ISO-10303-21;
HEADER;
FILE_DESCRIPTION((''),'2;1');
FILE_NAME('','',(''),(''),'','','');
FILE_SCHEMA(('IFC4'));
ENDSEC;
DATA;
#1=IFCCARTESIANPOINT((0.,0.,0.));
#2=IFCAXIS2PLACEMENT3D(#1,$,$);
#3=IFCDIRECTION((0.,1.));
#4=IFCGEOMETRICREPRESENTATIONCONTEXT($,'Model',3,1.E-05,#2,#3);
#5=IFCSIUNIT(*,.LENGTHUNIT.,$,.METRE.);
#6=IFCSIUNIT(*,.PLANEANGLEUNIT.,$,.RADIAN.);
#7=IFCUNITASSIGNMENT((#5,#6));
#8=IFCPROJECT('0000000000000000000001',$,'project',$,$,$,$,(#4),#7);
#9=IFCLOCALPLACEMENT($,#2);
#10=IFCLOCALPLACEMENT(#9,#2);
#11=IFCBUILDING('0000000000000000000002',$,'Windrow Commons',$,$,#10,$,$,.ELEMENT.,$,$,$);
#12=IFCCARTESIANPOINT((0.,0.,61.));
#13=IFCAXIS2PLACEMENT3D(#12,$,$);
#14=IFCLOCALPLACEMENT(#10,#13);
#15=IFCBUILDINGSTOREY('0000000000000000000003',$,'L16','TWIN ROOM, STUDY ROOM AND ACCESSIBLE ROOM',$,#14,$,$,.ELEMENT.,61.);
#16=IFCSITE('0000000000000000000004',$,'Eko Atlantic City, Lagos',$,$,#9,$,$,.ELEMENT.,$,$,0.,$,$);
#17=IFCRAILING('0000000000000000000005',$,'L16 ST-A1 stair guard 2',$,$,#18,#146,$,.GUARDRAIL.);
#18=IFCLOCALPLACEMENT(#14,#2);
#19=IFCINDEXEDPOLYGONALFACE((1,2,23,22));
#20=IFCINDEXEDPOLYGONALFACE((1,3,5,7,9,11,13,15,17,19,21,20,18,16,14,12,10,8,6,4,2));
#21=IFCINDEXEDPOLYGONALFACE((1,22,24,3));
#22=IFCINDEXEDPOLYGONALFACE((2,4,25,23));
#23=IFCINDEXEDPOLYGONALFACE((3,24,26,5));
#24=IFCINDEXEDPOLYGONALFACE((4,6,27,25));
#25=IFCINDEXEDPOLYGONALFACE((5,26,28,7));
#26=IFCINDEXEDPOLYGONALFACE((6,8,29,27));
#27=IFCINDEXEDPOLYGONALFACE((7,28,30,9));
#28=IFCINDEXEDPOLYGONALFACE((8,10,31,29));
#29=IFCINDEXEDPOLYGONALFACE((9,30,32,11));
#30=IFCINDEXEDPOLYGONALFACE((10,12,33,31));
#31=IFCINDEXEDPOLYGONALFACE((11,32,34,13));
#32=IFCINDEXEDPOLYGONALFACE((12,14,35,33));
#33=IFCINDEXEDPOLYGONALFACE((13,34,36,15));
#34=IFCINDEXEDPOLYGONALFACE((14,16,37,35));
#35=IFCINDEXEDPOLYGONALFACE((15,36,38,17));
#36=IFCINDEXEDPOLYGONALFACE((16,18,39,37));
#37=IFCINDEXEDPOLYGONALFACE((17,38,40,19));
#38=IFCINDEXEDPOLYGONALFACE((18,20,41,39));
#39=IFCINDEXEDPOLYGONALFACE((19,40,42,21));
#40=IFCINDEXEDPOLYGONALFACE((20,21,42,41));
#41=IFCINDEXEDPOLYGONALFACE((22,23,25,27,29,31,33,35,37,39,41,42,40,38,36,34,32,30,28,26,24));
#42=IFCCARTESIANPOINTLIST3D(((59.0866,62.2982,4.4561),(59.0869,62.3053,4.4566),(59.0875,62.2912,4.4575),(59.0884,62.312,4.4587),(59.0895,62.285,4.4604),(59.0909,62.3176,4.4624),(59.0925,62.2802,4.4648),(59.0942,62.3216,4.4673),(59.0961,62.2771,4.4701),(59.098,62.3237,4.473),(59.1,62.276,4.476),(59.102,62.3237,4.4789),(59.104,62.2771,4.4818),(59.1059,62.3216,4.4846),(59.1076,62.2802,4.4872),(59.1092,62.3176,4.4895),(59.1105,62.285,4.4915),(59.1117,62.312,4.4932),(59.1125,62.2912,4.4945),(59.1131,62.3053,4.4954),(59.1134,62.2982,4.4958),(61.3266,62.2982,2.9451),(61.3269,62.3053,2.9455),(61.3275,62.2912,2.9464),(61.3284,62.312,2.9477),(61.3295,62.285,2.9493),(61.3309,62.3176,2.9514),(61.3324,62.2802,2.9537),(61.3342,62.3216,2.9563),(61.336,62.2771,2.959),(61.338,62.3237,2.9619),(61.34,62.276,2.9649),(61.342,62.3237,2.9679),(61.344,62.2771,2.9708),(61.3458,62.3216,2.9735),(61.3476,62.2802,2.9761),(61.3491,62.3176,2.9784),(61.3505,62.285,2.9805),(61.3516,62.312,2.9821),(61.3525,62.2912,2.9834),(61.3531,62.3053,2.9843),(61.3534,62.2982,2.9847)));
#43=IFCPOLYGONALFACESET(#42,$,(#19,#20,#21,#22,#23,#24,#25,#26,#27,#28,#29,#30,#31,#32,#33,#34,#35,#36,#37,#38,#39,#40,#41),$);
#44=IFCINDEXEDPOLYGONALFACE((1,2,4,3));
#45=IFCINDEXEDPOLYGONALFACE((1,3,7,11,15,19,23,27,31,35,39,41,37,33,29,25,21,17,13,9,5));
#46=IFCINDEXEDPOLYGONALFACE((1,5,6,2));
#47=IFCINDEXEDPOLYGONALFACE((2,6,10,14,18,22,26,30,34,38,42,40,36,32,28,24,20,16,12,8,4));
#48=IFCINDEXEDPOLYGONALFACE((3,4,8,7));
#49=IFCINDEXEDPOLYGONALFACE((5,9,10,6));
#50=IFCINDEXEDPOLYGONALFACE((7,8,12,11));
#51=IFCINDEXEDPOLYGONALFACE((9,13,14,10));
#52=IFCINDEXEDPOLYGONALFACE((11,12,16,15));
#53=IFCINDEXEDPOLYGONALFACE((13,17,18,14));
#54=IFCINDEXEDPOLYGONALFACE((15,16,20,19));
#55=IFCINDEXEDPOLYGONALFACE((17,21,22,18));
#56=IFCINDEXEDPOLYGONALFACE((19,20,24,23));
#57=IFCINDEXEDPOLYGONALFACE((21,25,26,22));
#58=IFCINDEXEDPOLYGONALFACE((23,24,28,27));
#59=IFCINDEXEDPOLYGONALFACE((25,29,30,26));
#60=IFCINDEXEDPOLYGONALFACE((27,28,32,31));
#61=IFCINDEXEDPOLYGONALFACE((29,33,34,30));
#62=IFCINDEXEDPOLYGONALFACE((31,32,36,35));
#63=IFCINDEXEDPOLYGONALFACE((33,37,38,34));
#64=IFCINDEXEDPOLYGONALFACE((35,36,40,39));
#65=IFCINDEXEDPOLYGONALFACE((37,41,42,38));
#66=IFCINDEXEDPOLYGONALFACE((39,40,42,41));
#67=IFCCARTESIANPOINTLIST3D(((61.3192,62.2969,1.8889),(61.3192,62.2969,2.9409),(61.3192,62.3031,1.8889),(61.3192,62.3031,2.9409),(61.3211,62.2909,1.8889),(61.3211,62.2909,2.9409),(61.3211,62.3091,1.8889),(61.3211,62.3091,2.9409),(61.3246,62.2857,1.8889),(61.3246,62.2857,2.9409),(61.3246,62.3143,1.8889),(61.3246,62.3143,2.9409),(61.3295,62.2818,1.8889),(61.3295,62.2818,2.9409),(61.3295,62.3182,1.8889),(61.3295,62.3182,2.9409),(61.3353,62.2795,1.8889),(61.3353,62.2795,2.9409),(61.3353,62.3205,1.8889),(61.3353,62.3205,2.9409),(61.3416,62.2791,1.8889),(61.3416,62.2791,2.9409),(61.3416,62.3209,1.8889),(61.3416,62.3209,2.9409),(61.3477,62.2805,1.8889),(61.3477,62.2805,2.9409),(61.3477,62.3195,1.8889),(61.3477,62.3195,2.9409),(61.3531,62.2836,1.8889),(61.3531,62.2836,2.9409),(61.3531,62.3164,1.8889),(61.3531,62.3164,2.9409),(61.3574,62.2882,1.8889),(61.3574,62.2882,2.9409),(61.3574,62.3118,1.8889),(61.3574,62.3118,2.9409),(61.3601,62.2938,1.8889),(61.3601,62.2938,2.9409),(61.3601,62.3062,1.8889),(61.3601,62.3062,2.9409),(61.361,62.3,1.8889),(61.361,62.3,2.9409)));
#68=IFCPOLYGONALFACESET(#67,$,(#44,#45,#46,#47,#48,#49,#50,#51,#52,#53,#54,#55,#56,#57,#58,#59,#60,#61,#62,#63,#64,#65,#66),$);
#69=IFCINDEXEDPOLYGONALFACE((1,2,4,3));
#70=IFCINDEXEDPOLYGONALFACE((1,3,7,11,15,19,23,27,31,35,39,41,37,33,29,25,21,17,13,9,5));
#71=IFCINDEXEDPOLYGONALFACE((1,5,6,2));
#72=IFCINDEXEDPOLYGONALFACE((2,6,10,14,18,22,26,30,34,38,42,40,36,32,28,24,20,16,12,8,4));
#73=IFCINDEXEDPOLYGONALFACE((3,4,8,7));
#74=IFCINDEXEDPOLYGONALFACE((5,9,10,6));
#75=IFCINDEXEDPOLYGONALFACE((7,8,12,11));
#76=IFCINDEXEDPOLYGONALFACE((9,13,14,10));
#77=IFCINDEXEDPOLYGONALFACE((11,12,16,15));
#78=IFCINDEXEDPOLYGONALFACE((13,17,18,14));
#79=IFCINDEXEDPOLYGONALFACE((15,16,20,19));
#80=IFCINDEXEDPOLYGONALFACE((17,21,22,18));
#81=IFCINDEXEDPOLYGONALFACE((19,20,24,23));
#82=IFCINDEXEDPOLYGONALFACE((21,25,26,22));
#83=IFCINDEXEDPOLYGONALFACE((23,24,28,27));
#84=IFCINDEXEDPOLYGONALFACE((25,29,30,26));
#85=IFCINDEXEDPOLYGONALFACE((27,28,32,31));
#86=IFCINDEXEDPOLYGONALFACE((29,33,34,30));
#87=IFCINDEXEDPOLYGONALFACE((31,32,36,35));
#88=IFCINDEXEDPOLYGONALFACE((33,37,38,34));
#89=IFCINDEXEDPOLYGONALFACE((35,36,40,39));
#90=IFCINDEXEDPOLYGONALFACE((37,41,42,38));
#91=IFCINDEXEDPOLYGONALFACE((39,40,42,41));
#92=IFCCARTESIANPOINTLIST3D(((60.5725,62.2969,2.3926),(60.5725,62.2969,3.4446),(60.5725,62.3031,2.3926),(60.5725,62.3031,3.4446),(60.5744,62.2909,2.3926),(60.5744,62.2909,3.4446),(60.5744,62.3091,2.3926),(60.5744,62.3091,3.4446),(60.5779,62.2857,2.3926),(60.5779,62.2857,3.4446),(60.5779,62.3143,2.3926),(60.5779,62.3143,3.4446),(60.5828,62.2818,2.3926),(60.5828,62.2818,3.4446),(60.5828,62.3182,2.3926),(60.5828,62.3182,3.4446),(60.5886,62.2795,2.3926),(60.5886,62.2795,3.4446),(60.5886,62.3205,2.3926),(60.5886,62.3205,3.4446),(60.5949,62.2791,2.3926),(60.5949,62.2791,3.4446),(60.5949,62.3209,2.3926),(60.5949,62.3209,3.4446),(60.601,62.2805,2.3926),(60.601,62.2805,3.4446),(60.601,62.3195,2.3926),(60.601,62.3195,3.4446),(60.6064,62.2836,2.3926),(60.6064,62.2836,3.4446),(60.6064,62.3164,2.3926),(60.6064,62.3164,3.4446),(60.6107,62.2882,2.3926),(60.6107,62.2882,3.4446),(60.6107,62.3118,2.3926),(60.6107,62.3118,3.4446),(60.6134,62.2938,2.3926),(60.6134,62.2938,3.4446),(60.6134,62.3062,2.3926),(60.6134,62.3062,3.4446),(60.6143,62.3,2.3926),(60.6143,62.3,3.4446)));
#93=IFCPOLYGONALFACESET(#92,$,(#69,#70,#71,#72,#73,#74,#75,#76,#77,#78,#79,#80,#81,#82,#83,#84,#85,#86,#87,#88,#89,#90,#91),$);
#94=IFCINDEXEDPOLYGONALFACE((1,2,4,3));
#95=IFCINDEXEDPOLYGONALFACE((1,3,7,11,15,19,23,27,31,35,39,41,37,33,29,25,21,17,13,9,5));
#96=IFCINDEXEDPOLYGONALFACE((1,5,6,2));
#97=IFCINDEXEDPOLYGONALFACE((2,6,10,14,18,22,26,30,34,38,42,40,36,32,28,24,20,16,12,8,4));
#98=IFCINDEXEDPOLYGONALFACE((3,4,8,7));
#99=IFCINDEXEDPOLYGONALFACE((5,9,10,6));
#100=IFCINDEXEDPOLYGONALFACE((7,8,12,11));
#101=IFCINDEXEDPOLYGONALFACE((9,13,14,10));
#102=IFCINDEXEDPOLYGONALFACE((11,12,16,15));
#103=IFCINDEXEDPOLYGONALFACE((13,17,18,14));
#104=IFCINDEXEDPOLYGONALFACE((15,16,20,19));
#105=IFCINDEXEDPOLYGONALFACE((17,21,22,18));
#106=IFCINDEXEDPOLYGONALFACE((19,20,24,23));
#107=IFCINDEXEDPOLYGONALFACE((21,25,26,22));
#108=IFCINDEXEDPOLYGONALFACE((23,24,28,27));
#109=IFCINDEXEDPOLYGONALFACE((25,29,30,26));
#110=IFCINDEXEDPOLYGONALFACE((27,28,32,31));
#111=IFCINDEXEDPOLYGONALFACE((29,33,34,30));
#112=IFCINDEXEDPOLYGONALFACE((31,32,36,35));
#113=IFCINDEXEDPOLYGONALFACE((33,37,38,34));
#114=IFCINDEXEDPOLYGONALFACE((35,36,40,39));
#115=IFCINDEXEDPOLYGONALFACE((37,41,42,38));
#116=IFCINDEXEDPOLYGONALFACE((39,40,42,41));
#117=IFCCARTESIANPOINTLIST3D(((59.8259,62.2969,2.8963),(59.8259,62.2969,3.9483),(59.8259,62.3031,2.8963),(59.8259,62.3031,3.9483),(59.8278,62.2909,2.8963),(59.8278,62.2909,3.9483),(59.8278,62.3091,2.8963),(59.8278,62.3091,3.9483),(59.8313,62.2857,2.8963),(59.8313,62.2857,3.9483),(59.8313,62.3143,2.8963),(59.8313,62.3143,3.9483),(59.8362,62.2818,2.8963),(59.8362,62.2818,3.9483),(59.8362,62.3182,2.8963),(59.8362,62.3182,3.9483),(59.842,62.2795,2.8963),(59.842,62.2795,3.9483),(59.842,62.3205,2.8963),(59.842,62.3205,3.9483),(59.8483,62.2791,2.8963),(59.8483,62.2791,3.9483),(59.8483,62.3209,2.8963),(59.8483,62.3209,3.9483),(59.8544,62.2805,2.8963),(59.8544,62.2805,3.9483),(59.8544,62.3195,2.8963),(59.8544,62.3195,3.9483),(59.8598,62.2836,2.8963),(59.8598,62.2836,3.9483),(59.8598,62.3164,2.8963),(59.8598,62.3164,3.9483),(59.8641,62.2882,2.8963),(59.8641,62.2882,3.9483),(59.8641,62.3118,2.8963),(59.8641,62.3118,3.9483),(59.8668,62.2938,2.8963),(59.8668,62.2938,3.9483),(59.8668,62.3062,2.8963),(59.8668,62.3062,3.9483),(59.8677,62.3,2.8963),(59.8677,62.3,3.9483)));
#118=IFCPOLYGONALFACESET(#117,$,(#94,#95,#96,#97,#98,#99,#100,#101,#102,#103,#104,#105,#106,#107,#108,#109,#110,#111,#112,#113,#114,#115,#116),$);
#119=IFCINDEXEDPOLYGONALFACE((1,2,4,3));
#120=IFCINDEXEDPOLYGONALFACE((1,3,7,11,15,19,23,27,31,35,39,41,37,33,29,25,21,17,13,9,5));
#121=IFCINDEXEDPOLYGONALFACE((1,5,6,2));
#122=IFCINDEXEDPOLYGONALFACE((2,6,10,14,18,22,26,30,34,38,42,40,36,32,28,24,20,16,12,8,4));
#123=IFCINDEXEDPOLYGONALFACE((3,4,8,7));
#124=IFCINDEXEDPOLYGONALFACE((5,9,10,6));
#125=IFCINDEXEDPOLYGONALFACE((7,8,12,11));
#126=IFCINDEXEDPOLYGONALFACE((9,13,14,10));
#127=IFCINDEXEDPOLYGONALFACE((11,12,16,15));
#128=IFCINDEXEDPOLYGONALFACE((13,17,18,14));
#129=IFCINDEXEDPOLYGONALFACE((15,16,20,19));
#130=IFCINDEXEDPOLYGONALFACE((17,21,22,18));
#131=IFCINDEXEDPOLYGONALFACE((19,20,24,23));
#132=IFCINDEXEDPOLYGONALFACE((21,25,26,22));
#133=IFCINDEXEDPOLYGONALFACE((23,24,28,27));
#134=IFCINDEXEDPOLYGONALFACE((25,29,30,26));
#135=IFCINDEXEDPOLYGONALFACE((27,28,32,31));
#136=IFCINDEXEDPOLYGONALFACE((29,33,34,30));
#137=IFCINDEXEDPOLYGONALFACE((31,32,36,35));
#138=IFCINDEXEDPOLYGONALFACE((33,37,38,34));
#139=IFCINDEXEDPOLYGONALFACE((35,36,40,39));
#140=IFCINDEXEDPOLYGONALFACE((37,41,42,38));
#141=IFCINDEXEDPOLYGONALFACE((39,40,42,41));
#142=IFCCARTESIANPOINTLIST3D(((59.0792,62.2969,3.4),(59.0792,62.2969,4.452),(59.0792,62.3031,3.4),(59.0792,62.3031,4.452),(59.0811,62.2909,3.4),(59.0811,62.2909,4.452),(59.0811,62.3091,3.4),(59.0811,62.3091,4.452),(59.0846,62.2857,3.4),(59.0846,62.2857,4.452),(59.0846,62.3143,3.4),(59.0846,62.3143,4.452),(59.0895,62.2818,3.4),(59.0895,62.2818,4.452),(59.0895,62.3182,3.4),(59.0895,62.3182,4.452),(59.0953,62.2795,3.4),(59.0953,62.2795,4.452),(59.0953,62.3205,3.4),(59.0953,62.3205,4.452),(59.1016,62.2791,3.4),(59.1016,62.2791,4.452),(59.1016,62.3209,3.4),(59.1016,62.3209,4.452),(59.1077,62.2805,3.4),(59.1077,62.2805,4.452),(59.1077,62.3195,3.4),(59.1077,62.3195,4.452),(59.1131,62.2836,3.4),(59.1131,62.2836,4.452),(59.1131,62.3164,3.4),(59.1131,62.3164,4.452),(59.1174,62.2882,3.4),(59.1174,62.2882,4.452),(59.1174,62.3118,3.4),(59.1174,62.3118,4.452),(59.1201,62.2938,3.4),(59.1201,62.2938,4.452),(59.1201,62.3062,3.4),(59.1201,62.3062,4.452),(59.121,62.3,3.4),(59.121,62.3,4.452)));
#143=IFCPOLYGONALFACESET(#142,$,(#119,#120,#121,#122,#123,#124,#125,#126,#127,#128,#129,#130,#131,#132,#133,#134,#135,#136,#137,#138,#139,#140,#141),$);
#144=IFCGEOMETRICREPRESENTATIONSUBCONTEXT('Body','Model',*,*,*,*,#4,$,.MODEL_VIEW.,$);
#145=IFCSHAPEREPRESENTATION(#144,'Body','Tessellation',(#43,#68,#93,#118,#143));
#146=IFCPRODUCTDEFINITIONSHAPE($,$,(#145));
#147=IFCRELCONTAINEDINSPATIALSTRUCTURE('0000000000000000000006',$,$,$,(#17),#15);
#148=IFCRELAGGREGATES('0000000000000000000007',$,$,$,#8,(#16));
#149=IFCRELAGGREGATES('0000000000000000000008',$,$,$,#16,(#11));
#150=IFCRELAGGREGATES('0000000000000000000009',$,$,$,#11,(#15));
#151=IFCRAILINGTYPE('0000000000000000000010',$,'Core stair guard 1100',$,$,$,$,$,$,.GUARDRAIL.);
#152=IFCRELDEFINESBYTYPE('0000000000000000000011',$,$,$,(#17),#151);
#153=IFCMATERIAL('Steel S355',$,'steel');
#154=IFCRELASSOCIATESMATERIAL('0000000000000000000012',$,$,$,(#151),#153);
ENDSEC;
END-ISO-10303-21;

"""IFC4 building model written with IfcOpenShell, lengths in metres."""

from ifc_helpers import new_model, si_unit, direction, frame, origin, origin_2d, place, context, subcontext, project, spatial, circle, extrude, material, type_object, element, save


model = new_model("IFC4")

# Units and contexts
model_context = context("Model", 3, precision=1e-05, world=origin(), true_north=direction((0.0, 1.0)))
body_context = subcontext(model_context, "Body", "Model", "MODEL_VIEW")
ifc_project = project(units=[si_unit("LENGTHUNIT", "METRE"), si_unit("PLANEANGLEUNIT", "RADIAN")], contexts=[model_context])

# Site, building, storey
site_placement = place(None, origin())
site = spatial("IfcSite", under=ifc_project, at=site_placement, Name="Eko Atlantic City, Lagos", CompositionType="ELEMENT", RefElevation=0.0)
building_placement = place(site_placement, origin())
building = spatial("IfcBuilding", under=site, at=building_placement, Name="Windrow Commons", CompositionType="ELEMENT")
storey_placement = place(building_placement, frame((0.0, 0.0, 61.0)))
storey = spatial("IfcBuildingStorey", under=building, at=storey_placement, Name="L16", Description="TWIN ROOM, STUDY ROOM AND ACCESSIBLE ROOM", CompositionType="ELEMENT", Elevation=61.0)

# Railing
ifc_material_1 = material(Name="Steel S355", Category="steel")
railing_type_1 = type_object("IfcRailingType", Name="Core stair guard 1100", PredefinedType="GUARDRAIL", material=ifc_material_1)
railing_1_placement = place(storey_placement, frame((61.34, 62.3, 1.8889)))
element("IfcRailing", 1, at=railing_1_placement, inside=storey, type_object=railing_type_1, Name="L16 ST-A1 stair guard 2", PredefinedType="GUARDRAIL", context=body_context, shape_type="SweptSolid", body=[
    extrude(circle(Radius=0.024, at=origin_2d()), frame((0.0, 0.0, 1.076), z_axis=(-0.829003, 0.0, 0.559244), x_axis=(0.0, -1.0, 0.0)), (0.0, 0.0, 1.0), 2.702),
    extrude(circle(Radius=0.021, at=origin_2d()), origin(), (0.0, 0.0, 1.0), 1.052),
    extrude(circle(Radius=0.021, at=origin_2d()), frame((-0.7467, 0.0, 0.5037)), (0.0, 0.0, 1.0), 1.052),
    extrude(circle(Radius=0.021, at=origin_2d()), frame((-1.4933, 0.0, 1.0074)), (0.0, 0.0, 1.0), 1.052),
    extrude(circle(Radius=0.021, at=origin_2d()), frame((-2.24, 0.0, 1.5111)), (0.0, 0.0, 1.0), 1.052),
])

save(model, "model.ifc")
